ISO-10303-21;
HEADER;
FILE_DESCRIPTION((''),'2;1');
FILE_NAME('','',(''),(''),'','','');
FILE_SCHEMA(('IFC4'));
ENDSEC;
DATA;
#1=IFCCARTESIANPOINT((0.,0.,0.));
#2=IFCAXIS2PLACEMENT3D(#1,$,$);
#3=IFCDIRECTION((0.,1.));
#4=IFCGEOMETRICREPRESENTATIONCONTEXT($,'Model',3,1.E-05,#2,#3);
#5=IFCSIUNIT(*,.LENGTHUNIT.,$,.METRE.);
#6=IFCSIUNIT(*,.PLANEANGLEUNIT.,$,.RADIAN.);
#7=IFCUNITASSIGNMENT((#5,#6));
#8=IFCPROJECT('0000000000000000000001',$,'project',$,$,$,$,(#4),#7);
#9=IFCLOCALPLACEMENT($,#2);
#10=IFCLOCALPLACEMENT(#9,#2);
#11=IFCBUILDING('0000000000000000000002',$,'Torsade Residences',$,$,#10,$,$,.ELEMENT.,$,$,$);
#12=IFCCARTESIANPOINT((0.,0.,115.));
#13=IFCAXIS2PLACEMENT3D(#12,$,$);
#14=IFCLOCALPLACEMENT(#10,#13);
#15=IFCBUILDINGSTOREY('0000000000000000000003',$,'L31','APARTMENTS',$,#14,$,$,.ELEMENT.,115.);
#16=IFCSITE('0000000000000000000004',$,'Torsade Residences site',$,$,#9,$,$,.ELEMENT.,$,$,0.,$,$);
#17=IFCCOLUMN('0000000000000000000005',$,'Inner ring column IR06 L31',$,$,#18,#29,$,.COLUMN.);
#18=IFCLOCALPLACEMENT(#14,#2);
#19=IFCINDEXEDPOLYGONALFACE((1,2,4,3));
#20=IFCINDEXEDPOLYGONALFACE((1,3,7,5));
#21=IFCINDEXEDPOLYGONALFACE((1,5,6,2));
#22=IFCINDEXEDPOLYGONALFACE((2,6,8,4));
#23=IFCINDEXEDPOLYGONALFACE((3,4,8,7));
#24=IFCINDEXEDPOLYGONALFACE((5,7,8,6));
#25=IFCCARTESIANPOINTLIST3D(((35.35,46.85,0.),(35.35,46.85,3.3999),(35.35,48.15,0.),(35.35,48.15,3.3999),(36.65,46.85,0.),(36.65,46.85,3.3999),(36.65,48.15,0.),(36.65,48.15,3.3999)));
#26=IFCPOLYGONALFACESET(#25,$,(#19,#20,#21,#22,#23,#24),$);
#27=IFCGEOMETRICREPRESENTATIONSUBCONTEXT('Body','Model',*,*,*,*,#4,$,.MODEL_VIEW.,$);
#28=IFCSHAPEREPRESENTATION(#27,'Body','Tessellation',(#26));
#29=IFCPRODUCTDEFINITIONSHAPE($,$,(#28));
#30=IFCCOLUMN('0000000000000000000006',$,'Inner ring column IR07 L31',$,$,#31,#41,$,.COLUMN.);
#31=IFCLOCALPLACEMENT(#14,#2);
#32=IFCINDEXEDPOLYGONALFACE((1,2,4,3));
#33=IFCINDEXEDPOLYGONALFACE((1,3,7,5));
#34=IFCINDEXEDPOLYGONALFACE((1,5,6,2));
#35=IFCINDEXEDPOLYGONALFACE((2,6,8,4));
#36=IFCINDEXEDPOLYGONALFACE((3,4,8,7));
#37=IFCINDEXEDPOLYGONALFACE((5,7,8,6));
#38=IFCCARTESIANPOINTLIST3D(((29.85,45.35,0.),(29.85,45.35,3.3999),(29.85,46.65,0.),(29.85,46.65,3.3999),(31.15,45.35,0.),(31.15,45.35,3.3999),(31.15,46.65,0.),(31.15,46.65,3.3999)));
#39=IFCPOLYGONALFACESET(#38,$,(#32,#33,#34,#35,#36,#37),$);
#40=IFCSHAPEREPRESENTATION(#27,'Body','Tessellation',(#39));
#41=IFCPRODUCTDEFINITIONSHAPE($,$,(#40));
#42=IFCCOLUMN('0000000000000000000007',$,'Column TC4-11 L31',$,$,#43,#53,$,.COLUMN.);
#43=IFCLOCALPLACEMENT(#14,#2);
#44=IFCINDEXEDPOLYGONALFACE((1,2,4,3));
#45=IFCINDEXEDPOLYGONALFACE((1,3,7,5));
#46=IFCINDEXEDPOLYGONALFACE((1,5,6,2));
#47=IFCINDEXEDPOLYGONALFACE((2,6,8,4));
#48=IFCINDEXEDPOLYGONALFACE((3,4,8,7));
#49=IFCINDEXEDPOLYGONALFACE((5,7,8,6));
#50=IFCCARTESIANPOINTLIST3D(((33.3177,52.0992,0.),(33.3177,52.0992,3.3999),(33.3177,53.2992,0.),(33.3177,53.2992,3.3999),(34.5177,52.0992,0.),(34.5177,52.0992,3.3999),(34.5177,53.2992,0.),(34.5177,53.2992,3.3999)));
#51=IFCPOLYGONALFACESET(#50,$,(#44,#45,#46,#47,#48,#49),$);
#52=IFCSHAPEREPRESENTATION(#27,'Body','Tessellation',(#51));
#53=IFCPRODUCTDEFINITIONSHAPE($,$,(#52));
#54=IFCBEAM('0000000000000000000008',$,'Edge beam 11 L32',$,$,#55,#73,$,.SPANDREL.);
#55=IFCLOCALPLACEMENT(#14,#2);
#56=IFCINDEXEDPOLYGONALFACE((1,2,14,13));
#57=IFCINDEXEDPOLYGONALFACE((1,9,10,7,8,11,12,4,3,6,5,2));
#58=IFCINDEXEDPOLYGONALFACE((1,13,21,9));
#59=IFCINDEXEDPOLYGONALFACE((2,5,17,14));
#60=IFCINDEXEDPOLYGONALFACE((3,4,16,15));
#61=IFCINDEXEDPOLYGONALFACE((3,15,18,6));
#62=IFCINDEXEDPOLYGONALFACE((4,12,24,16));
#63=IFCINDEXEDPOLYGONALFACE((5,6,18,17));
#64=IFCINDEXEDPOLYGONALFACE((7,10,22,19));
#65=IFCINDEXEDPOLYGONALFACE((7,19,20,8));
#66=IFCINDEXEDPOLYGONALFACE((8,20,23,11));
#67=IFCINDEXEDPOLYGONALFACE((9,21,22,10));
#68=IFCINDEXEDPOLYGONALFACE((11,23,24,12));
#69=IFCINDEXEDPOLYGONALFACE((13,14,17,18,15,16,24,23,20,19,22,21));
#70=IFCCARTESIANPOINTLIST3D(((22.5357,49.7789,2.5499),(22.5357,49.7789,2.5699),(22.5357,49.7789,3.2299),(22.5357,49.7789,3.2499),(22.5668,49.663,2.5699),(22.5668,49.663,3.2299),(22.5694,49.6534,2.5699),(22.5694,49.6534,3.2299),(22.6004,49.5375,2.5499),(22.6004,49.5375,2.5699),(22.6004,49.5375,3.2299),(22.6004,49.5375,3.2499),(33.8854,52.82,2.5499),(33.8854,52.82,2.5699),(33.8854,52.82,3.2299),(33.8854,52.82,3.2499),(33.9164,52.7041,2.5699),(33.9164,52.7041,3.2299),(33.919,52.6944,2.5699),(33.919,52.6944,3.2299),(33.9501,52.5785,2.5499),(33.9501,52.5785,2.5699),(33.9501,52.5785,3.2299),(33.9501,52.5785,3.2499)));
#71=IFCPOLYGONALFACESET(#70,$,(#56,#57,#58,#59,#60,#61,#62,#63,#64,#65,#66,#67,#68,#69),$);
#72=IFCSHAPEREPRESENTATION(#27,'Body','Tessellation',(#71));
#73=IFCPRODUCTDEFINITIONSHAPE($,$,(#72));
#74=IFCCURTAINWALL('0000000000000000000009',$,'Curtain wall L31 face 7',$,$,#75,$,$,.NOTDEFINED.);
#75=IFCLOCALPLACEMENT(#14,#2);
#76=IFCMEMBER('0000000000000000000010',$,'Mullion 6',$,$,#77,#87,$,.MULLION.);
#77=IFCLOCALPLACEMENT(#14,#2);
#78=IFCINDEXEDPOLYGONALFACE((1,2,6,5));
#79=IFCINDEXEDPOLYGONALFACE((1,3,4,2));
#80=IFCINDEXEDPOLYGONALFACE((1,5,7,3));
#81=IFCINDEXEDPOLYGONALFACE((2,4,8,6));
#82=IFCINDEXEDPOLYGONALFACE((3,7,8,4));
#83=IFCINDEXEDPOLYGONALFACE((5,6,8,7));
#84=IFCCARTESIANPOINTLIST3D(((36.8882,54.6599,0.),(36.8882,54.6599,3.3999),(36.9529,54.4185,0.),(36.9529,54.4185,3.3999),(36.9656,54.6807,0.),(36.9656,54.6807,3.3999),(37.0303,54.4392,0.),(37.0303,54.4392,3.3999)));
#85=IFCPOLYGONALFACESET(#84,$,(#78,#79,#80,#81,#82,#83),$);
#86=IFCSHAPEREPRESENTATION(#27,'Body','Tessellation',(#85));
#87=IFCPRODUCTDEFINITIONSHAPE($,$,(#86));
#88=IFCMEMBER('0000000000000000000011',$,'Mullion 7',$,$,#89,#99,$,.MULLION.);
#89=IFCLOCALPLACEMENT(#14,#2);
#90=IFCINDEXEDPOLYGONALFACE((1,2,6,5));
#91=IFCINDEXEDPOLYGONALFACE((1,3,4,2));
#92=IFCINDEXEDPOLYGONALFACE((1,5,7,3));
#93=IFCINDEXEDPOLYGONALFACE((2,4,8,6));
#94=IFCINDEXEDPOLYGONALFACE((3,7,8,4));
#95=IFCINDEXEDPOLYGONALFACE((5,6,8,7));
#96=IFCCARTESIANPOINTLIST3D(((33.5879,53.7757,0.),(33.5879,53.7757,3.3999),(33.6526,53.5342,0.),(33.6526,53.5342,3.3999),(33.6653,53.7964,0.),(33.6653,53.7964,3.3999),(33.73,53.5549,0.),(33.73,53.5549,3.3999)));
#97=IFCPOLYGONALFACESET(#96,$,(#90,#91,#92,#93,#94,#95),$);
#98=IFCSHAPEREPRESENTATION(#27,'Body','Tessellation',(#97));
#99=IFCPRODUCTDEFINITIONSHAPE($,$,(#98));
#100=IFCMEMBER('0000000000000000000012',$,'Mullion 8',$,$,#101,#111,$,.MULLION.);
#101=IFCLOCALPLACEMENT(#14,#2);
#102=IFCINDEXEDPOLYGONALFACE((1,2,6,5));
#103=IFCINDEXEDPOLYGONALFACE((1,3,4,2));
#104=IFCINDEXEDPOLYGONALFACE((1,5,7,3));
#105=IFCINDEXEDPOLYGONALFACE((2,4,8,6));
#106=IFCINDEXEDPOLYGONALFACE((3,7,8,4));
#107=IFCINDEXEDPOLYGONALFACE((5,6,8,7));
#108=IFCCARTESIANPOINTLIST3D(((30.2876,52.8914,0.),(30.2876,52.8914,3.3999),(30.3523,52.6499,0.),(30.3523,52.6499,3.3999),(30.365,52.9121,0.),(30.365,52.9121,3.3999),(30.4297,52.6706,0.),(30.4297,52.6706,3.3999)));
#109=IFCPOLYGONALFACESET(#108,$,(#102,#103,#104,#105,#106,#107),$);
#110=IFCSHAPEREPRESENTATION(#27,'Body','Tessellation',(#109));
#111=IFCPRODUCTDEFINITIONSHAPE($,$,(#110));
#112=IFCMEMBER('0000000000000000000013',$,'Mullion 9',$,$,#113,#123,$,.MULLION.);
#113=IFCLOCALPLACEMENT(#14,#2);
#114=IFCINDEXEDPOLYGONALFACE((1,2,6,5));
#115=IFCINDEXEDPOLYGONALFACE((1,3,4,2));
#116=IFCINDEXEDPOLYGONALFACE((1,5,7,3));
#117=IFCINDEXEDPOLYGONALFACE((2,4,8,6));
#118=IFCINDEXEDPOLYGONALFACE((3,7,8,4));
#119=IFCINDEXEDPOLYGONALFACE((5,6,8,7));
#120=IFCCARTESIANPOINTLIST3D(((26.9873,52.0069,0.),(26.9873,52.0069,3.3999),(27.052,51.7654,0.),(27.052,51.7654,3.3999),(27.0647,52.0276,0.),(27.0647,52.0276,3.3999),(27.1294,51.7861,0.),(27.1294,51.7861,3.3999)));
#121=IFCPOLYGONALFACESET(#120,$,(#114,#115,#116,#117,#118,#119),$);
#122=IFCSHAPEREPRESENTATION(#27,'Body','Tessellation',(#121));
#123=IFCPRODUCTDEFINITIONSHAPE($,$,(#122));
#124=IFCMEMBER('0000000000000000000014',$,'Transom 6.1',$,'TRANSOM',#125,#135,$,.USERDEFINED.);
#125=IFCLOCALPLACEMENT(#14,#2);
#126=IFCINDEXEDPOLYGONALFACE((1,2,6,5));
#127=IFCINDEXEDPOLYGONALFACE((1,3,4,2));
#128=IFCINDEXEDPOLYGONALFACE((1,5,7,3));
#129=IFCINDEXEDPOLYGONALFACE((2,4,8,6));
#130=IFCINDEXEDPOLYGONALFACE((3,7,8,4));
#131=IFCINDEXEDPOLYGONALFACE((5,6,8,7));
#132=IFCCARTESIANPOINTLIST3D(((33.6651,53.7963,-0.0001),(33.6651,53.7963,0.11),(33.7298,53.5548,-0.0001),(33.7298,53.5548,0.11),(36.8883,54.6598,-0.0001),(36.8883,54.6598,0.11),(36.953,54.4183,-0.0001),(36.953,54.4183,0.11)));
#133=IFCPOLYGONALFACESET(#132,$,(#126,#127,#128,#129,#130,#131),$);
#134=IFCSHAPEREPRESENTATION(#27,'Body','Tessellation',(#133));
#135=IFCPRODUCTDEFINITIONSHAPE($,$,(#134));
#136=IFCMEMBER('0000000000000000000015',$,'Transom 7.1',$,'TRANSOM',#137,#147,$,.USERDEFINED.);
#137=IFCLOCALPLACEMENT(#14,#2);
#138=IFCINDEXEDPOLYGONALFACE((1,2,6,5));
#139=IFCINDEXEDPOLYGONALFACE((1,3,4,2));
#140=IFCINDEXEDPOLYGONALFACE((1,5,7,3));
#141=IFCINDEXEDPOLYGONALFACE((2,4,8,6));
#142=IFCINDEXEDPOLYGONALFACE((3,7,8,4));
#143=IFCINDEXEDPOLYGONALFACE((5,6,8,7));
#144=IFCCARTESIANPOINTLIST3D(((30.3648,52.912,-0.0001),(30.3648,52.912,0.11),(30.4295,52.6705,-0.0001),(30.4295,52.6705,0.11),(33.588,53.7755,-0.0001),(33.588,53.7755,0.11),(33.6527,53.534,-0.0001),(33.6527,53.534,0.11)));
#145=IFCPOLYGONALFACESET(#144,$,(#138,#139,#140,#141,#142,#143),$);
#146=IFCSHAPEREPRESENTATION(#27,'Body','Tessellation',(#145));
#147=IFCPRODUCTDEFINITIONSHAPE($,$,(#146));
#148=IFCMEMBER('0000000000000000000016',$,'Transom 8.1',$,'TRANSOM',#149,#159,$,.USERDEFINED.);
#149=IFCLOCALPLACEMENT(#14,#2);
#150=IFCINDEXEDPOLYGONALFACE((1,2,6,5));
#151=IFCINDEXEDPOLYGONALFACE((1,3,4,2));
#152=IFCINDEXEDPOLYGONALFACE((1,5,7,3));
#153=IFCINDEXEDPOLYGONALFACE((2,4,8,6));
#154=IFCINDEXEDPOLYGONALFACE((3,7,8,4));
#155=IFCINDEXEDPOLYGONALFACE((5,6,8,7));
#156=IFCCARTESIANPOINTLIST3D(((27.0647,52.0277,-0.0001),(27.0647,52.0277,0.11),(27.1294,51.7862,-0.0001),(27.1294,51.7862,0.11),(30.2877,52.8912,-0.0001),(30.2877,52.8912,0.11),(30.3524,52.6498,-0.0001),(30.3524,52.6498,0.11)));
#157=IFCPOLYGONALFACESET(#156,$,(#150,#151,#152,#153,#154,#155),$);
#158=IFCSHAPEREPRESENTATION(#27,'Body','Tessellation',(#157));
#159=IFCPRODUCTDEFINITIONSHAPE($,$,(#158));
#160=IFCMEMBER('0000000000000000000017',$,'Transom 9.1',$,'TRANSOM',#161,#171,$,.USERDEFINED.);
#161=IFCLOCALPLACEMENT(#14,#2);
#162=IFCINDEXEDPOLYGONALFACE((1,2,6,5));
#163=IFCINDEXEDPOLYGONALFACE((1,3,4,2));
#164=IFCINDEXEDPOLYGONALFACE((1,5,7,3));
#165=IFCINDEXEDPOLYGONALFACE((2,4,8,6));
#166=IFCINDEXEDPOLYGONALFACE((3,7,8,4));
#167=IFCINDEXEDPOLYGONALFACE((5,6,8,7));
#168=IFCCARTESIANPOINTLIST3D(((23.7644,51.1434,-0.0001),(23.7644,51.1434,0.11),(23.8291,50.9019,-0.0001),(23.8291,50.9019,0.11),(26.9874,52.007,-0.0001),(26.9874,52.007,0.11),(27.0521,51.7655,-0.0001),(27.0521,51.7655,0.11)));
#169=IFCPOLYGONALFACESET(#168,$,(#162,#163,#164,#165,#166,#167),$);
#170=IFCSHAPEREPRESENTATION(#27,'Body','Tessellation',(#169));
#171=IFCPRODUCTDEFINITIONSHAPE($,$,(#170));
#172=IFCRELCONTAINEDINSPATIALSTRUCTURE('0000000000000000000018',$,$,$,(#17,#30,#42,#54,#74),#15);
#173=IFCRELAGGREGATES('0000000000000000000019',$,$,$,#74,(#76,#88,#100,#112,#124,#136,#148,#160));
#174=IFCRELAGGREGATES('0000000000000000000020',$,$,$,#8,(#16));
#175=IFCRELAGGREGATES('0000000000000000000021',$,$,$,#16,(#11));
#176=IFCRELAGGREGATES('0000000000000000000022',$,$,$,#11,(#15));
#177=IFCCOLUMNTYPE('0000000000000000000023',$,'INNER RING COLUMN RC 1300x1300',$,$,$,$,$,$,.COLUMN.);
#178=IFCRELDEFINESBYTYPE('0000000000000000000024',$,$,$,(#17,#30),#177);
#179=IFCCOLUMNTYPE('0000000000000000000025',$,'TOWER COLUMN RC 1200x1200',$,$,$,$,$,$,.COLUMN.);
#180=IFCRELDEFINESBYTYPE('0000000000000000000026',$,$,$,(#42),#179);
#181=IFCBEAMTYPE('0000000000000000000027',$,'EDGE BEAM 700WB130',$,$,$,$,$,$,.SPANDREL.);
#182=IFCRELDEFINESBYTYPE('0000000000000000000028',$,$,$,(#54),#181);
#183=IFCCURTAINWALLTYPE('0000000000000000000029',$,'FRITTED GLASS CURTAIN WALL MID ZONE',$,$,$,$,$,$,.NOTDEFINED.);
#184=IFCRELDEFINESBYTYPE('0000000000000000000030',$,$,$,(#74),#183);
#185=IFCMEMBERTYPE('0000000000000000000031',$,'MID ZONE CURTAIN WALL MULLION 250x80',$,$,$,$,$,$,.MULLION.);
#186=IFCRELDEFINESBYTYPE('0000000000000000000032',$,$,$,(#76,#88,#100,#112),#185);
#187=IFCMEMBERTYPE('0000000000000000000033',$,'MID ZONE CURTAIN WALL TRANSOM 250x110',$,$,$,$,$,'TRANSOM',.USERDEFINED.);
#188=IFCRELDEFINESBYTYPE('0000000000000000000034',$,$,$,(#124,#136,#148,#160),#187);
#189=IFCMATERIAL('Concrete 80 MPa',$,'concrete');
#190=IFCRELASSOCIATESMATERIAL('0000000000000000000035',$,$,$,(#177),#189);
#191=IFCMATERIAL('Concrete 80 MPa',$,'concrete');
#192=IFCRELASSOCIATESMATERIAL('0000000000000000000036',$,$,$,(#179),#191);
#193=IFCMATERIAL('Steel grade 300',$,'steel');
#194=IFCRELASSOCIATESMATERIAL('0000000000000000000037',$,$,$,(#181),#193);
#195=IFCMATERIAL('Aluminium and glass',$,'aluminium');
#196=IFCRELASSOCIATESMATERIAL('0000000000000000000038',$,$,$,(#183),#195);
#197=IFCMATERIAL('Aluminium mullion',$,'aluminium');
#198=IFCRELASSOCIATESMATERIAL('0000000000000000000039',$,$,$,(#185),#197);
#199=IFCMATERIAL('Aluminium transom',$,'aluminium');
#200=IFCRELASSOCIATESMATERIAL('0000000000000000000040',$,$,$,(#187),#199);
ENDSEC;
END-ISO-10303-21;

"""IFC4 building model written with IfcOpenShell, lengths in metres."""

from ifc_helpers import new_model, si_unit, direction, frame, origin, origin_2d, place, context, subcontext, project, spatial, rectangle, i_section, extrude, material, material_profile, profile_set, type_object, element, aggregate, save


model = new_model("IFC4")

# Units and contexts
model_context = context("Model", 3, precision=1e-05, world=origin(), true_north=direction((0.0, 1.0)))
body_context = subcontext(model_context, "Body", "Model", "MODEL_VIEW")
ifc_project = project(units=[si_unit("LENGTHUNIT", "METRE"), si_unit("PLANEANGLEUNIT", "RADIAN")], contexts=[model_context])

# Site, building, storey
site_placement = place(None, origin())
site = spatial("IfcSite", under=ifc_project, at=site_placement, Name="Torsade Residences site", CompositionType="ELEMENT", RefElevation=0.0)
building_placement = place(site_placement, origin())
building = spatial("IfcBuilding", under=site, at=building_placement, Name="Torsade Residences", CompositionType="ELEMENT")
storey_placement = place(building_placement, frame((0.0, 0.0, 115.0)))
storey = spatial("IfcBuildingStorey", under=building, at=storey_placement, Name="L31", Description="APARTMENTS", CompositionType="ELEMENT", Elevation=115.0)

# Columns
ifc_material_1 = material(Name="Concrete 80 MPa", Category="concrete")
ifc_material_profile_1 = material_profile(ifc_material_1, rectangle(XDim=1.3, YDim=1.3, at=origin_2d()), Name="RC 1300x1300")
ifc_profile_set_1 = profile_set([ifc_material_profile_1], Name="Concrete 80 MPa")
column_type_1 = type_object("IfcColumnType", Name="INNER RING COLUMN RC 1300x1300", PredefinedType="COLUMN", material=ifc_profile_set_1)
for number, where, z_axis, x_axis, name in (
    (1, (36.0, 47.5, 0.0), (0.0, 0.0, 1.0), (1.0, 0.0, 0.0), "Inner ring column IR06 L31"),
    (2, (30.5, 46.0, 0.0), (0.0, 0.0, 1.0), (1.0, 0.0, 0.0), "Inner ring column IR07 L31"),
):
    element("IfcColumn", number, at=place(storey_placement, frame(where, z_axis=z_axis, x_axis=x_axis)), inside=storey, type_object=column_type_1, Name=name, PredefinedType="COLUMN", context=body_context, shape_type="SweptSolid", body=[
        extrude(rectangle(XDim=1.3, YDim=1.3, at=origin_2d()), origin(), (0.0, 0.0, 1.0), 3.3999),
    ])
ifc_material_2 = material(Name="Concrete 80 MPa", Category="concrete")
ifc_material_profile_2 = material_profile(ifc_material_2, rectangle(XDim=1.2, YDim=1.2, at=origin_2d()), Name="RC 1200x1200")
ifc_profile_set_2 = profile_set([ifc_material_profile_2], Name="Concrete 80 MPa")
column_type_2 = type_object("IfcColumnType", Name="TOWER COLUMN RC 1200x1200", PredefinedType="COLUMN", material=ifc_profile_set_2)
column_placement = place(storey_placement, frame((33.9177, 52.6992, 0.0), z_axis=(0.0, 0.0, 1.0), x_axis=(1.0, 0.0, 0.0)))
element("IfcColumn", 3, at=column_placement, inside=storey, type_object=column_type_2, Name="Column TC4-11 L31", PredefinedType="COLUMN", context=body_context, shape_type="SweptSolid", body=[
    extrude(rectangle(XDim=1.2, YDim=1.2, at=origin_2d()), origin(), (0.0, 0.0, 1.0), 3.3999),
])

# Beam
ifc_material_3 = material(Name="Steel grade 300", Category="steel")
ifc_material_profile_3 = material_profile(ifc_material_3, i_section(OverallWidth=0.25, OverallDepth=0.7, WebThickness=0.01, FlangeThickness=0.02, at=origin_2d()), Name="700WB130")
ifc_profile_set_3 = profile_set([ifc_material_profile_3], Name="Steel grade 300")
beam_type_1 = type_object("IfcBeamType", Name="EDGE BEAM 700WB130", PredefinedType="SPANDREL", material=ifc_profile_set_3)
beam_1_placement = place(storey_placement, frame((33.9177, 52.6992, 2.8999), z_axis=(-0.965928, -0.258811, 0.0), x_axis=(0.258811, -0.965928, 0.0)))
element("IfcBeam", 4, at=beam_1_placement, inside=storey, type_object=beam_type_1, Name="Edge beam 11 L32", PredefinedType="SPANDREL", context=body_context, shape_type="SweptSolid", body=[
    extrude(i_section(OverallWidth=0.25, OverallDepth=0.7, WebThickness=0.01, FlangeThickness=0.02, at=origin_2d()), origin(), (0.0, 0.0, 1.0), 11.75),
])

# Curtain wall, members
ifc_material_4 = material(Name="Aluminium and glass", Category="aluminium")
curtain_wall_type = type_object("IfcCurtainWallType", Name="FRITTED GLASS CURTAIN WALL MID ZONE", PredefinedType="NOTDEFINED", material=ifc_material_4)
curtain_wall_placement = place(storey_placement, origin())
curtain_wall = element("IfcCurtainWall", 5, at=curtain_wall_placement, inside=storey, type_object=curtain_wall_type, Name="Curtain wall L31 face 7", PredefinedType="NOTDEFINED")
ifc_material_5 = material(Name="Aluminium mullion", Category="aluminium")
ifc_material_profile_4 = material_profile(ifc_material_5, rectangle(XDim=0.25, YDim=0.0801, at=origin_2d()), Name="MID ZONE CURTAIN WALL MULLION 250x80")
ifc_profile_set_4 = profile_set([ifc_material_profile_4], Name="Aluminium mullion")
member_type_1 = type_object("IfcMemberType", Name="MID ZONE CURTAIN WALL MULLION 250x80", PredefinedType="MULLION", material=ifc_profile_set_4)
member_1_placement = place(storey_placement, frame((36.9592, 54.5496, 0.0), z_axis=(0.0, 0.0, 1.0), x_axis=(0.258819, -0.965926, 0.0)))
member_1 = element("IfcMember", 6, at=member_1_placement, type_object=member_type_1, Name="Mullion 6", PredefinedType="MULLION", context=body_context, shape_type="SweptSolid", body=[
    extrude(rectangle(XDim=0.25, YDim=0.0801, at=origin_2d()), origin(), (0.0, 0.0, 1.0), 3.3999),
])
member_2_placement = place(storey_placement, frame((33.6589, 53.6653, 0.0), z_axis=(0.0, 0.0, 1.0), x_axis=(0.258819, -0.965926, 0.0)))
member_2 = element("IfcMember", 7, at=member_2_placement, type_object=member_type_1, Name="Mullion 7", PredefinedType="MULLION", context=body_context, shape_type="SweptSolid", body=[
    extrude(rectangle(XDim=0.25, YDim=0.0801, at=origin_2d()), origin(), (0.0, 0.0, 1.0), 3.3999),
])
member_3_placement = place(storey_placement, frame((30.3586, 52.781, 0.0), z_axis=(0.0, 0.0, 1.0), x_axis=(0.258819, -0.965926, 0.0)))
member_3 = element("IfcMember", 8, at=member_3_placement, type_object=member_type_1, Name="Mullion 8", PredefinedType="MULLION", context=body_context, shape_type="SweptSolid", body=[
    extrude(rectangle(XDim=0.25, YDim=0.0801, at=origin_2d()), origin(), (0.0, 0.0, 1.0), 3.3999),
])
member_4_placement = place(storey_placement, frame((27.0583, 51.8965, 0.0), z_axis=(0.0, 0.0, 1.0), x_axis=(0.258819, -0.965926, 0.0)))
member_4 = element("IfcMember", 9, at=member_4_placement, type_object=member_type_1, Name="Mullion 9", PredefinedType="MULLION", context=body_context, shape_type="SweptSolid", body=[
    extrude(rectangle(XDim=0.25, YDim=0.0801, at=origin_2d()), origin(), (0.0, 0.0, 1.0), 3.3999),
])
ifc_material_6 = material(Name="Aluminium transom", Category="aluminium")
ifc_material_profile_5 = material_profile(ifc_material_6, rectangle(XDim=0.25, YDim=0.1101, at=origin_2d()), Name="MID ZONE CURTAIN WALL TRANSOM 250x110")
ifc_profile_set_5 = profile_set([ifc_material_profile_5], Name="Aluminium transom")
member_type_2 = type_object("IfcMemberType", Name="MID ZONE CURTAIN WALL TRANSOM 250x110", ElementType="TRANSOM", PredefinedType="USERDEFINED", material=ifc_profile_set_5)
member_5_placement = place(storey_placement, frame((36.9207, 54.5391, 0.0549), z_axis=(-0.965934, -0.258787, 0.0), x_axis=(0.258787, -0.965934, 0.0)))
member_5 = element("IfcMember", 10, at=member_5_placement, type_object=member_type_2, Name="Transom 6.1", ObjectType="TRANSOM", PredefinedType="USERDEFINED", context=body_context, shape_type="SweptSolid", body=[
    extrude(rectangle(XDim=0.25, YDim=0.1101, at=origin_2d()), origin(), (0.0, 0.0, 1.0), 3.3369),
])
member_6_placement = place(storey_placement, frame((33.6204, 53.6548, 0.0549), z_axis=(-0.965934, -0.258787, 0.0), x_axis=(0.258787, -0.965934, 0.0)))
member_6 = element("IfcMember", 11, at=member_6_placement, type_object=member_type_2, Name="Transom 7.1", ObjectType="TRANSOM", PredefinedType="USERDEFINED", context=body_context, shape_type="SweptSolid", body=[
    extrude(rectangle(XDim=0.25, YDim=0.1101, at=origin_2d()), origin(), (0.0, 0.0, 1.0), 3.3369),
])
member_7_placement = place(storey_placement, frame((30.3201, 52.7705, 0.0549), z_axis=(-0.965929, -0.258806, 0.0), x_axis=(0.258806, -0.965929, 0.0)))
member_7 = element("IfcMember", 12, at=member_7_placement, type_object=member_type_2, Name="Transom 8.1", ObjectType="TRANSOM", PredefinedType="USERDEFINED", context=body_context, shape_type="SweptSolid", body=[
    extrude(rectangle(XDim=0.25, YDim=0.1101, at=origin_2d()), origin(), (0.0, 0.0, 1.0), 3.3367),
])
member_8_placement = place(storey_placement, frame((27.0198, 51.8862, 0.0549), z_axis=(-0.965929, -0.258806, 0.0), x_axis=(0.258806, -0.965929, 0.0)))
member_8 = element("IfcMember", 13, at=member_8_placement, type_object=member_type_2, Name="Transom 9.1", ObjectType="TRANSOM", PredefinedType="USERDEFINED", context=body_context, shape_type="SweptSolid", body=[
    extrude(rectangle(XDim=0.25, YDim=0.1101, at=origin_2d()), origin(), (0.0, 0.0, 1.0), 3.3367),
])

aggregate(curtain_wall, [member_1, member_2, member_3, member_4, member_5, member_6, member_7, member_8])

save(model, "model.ifc")
